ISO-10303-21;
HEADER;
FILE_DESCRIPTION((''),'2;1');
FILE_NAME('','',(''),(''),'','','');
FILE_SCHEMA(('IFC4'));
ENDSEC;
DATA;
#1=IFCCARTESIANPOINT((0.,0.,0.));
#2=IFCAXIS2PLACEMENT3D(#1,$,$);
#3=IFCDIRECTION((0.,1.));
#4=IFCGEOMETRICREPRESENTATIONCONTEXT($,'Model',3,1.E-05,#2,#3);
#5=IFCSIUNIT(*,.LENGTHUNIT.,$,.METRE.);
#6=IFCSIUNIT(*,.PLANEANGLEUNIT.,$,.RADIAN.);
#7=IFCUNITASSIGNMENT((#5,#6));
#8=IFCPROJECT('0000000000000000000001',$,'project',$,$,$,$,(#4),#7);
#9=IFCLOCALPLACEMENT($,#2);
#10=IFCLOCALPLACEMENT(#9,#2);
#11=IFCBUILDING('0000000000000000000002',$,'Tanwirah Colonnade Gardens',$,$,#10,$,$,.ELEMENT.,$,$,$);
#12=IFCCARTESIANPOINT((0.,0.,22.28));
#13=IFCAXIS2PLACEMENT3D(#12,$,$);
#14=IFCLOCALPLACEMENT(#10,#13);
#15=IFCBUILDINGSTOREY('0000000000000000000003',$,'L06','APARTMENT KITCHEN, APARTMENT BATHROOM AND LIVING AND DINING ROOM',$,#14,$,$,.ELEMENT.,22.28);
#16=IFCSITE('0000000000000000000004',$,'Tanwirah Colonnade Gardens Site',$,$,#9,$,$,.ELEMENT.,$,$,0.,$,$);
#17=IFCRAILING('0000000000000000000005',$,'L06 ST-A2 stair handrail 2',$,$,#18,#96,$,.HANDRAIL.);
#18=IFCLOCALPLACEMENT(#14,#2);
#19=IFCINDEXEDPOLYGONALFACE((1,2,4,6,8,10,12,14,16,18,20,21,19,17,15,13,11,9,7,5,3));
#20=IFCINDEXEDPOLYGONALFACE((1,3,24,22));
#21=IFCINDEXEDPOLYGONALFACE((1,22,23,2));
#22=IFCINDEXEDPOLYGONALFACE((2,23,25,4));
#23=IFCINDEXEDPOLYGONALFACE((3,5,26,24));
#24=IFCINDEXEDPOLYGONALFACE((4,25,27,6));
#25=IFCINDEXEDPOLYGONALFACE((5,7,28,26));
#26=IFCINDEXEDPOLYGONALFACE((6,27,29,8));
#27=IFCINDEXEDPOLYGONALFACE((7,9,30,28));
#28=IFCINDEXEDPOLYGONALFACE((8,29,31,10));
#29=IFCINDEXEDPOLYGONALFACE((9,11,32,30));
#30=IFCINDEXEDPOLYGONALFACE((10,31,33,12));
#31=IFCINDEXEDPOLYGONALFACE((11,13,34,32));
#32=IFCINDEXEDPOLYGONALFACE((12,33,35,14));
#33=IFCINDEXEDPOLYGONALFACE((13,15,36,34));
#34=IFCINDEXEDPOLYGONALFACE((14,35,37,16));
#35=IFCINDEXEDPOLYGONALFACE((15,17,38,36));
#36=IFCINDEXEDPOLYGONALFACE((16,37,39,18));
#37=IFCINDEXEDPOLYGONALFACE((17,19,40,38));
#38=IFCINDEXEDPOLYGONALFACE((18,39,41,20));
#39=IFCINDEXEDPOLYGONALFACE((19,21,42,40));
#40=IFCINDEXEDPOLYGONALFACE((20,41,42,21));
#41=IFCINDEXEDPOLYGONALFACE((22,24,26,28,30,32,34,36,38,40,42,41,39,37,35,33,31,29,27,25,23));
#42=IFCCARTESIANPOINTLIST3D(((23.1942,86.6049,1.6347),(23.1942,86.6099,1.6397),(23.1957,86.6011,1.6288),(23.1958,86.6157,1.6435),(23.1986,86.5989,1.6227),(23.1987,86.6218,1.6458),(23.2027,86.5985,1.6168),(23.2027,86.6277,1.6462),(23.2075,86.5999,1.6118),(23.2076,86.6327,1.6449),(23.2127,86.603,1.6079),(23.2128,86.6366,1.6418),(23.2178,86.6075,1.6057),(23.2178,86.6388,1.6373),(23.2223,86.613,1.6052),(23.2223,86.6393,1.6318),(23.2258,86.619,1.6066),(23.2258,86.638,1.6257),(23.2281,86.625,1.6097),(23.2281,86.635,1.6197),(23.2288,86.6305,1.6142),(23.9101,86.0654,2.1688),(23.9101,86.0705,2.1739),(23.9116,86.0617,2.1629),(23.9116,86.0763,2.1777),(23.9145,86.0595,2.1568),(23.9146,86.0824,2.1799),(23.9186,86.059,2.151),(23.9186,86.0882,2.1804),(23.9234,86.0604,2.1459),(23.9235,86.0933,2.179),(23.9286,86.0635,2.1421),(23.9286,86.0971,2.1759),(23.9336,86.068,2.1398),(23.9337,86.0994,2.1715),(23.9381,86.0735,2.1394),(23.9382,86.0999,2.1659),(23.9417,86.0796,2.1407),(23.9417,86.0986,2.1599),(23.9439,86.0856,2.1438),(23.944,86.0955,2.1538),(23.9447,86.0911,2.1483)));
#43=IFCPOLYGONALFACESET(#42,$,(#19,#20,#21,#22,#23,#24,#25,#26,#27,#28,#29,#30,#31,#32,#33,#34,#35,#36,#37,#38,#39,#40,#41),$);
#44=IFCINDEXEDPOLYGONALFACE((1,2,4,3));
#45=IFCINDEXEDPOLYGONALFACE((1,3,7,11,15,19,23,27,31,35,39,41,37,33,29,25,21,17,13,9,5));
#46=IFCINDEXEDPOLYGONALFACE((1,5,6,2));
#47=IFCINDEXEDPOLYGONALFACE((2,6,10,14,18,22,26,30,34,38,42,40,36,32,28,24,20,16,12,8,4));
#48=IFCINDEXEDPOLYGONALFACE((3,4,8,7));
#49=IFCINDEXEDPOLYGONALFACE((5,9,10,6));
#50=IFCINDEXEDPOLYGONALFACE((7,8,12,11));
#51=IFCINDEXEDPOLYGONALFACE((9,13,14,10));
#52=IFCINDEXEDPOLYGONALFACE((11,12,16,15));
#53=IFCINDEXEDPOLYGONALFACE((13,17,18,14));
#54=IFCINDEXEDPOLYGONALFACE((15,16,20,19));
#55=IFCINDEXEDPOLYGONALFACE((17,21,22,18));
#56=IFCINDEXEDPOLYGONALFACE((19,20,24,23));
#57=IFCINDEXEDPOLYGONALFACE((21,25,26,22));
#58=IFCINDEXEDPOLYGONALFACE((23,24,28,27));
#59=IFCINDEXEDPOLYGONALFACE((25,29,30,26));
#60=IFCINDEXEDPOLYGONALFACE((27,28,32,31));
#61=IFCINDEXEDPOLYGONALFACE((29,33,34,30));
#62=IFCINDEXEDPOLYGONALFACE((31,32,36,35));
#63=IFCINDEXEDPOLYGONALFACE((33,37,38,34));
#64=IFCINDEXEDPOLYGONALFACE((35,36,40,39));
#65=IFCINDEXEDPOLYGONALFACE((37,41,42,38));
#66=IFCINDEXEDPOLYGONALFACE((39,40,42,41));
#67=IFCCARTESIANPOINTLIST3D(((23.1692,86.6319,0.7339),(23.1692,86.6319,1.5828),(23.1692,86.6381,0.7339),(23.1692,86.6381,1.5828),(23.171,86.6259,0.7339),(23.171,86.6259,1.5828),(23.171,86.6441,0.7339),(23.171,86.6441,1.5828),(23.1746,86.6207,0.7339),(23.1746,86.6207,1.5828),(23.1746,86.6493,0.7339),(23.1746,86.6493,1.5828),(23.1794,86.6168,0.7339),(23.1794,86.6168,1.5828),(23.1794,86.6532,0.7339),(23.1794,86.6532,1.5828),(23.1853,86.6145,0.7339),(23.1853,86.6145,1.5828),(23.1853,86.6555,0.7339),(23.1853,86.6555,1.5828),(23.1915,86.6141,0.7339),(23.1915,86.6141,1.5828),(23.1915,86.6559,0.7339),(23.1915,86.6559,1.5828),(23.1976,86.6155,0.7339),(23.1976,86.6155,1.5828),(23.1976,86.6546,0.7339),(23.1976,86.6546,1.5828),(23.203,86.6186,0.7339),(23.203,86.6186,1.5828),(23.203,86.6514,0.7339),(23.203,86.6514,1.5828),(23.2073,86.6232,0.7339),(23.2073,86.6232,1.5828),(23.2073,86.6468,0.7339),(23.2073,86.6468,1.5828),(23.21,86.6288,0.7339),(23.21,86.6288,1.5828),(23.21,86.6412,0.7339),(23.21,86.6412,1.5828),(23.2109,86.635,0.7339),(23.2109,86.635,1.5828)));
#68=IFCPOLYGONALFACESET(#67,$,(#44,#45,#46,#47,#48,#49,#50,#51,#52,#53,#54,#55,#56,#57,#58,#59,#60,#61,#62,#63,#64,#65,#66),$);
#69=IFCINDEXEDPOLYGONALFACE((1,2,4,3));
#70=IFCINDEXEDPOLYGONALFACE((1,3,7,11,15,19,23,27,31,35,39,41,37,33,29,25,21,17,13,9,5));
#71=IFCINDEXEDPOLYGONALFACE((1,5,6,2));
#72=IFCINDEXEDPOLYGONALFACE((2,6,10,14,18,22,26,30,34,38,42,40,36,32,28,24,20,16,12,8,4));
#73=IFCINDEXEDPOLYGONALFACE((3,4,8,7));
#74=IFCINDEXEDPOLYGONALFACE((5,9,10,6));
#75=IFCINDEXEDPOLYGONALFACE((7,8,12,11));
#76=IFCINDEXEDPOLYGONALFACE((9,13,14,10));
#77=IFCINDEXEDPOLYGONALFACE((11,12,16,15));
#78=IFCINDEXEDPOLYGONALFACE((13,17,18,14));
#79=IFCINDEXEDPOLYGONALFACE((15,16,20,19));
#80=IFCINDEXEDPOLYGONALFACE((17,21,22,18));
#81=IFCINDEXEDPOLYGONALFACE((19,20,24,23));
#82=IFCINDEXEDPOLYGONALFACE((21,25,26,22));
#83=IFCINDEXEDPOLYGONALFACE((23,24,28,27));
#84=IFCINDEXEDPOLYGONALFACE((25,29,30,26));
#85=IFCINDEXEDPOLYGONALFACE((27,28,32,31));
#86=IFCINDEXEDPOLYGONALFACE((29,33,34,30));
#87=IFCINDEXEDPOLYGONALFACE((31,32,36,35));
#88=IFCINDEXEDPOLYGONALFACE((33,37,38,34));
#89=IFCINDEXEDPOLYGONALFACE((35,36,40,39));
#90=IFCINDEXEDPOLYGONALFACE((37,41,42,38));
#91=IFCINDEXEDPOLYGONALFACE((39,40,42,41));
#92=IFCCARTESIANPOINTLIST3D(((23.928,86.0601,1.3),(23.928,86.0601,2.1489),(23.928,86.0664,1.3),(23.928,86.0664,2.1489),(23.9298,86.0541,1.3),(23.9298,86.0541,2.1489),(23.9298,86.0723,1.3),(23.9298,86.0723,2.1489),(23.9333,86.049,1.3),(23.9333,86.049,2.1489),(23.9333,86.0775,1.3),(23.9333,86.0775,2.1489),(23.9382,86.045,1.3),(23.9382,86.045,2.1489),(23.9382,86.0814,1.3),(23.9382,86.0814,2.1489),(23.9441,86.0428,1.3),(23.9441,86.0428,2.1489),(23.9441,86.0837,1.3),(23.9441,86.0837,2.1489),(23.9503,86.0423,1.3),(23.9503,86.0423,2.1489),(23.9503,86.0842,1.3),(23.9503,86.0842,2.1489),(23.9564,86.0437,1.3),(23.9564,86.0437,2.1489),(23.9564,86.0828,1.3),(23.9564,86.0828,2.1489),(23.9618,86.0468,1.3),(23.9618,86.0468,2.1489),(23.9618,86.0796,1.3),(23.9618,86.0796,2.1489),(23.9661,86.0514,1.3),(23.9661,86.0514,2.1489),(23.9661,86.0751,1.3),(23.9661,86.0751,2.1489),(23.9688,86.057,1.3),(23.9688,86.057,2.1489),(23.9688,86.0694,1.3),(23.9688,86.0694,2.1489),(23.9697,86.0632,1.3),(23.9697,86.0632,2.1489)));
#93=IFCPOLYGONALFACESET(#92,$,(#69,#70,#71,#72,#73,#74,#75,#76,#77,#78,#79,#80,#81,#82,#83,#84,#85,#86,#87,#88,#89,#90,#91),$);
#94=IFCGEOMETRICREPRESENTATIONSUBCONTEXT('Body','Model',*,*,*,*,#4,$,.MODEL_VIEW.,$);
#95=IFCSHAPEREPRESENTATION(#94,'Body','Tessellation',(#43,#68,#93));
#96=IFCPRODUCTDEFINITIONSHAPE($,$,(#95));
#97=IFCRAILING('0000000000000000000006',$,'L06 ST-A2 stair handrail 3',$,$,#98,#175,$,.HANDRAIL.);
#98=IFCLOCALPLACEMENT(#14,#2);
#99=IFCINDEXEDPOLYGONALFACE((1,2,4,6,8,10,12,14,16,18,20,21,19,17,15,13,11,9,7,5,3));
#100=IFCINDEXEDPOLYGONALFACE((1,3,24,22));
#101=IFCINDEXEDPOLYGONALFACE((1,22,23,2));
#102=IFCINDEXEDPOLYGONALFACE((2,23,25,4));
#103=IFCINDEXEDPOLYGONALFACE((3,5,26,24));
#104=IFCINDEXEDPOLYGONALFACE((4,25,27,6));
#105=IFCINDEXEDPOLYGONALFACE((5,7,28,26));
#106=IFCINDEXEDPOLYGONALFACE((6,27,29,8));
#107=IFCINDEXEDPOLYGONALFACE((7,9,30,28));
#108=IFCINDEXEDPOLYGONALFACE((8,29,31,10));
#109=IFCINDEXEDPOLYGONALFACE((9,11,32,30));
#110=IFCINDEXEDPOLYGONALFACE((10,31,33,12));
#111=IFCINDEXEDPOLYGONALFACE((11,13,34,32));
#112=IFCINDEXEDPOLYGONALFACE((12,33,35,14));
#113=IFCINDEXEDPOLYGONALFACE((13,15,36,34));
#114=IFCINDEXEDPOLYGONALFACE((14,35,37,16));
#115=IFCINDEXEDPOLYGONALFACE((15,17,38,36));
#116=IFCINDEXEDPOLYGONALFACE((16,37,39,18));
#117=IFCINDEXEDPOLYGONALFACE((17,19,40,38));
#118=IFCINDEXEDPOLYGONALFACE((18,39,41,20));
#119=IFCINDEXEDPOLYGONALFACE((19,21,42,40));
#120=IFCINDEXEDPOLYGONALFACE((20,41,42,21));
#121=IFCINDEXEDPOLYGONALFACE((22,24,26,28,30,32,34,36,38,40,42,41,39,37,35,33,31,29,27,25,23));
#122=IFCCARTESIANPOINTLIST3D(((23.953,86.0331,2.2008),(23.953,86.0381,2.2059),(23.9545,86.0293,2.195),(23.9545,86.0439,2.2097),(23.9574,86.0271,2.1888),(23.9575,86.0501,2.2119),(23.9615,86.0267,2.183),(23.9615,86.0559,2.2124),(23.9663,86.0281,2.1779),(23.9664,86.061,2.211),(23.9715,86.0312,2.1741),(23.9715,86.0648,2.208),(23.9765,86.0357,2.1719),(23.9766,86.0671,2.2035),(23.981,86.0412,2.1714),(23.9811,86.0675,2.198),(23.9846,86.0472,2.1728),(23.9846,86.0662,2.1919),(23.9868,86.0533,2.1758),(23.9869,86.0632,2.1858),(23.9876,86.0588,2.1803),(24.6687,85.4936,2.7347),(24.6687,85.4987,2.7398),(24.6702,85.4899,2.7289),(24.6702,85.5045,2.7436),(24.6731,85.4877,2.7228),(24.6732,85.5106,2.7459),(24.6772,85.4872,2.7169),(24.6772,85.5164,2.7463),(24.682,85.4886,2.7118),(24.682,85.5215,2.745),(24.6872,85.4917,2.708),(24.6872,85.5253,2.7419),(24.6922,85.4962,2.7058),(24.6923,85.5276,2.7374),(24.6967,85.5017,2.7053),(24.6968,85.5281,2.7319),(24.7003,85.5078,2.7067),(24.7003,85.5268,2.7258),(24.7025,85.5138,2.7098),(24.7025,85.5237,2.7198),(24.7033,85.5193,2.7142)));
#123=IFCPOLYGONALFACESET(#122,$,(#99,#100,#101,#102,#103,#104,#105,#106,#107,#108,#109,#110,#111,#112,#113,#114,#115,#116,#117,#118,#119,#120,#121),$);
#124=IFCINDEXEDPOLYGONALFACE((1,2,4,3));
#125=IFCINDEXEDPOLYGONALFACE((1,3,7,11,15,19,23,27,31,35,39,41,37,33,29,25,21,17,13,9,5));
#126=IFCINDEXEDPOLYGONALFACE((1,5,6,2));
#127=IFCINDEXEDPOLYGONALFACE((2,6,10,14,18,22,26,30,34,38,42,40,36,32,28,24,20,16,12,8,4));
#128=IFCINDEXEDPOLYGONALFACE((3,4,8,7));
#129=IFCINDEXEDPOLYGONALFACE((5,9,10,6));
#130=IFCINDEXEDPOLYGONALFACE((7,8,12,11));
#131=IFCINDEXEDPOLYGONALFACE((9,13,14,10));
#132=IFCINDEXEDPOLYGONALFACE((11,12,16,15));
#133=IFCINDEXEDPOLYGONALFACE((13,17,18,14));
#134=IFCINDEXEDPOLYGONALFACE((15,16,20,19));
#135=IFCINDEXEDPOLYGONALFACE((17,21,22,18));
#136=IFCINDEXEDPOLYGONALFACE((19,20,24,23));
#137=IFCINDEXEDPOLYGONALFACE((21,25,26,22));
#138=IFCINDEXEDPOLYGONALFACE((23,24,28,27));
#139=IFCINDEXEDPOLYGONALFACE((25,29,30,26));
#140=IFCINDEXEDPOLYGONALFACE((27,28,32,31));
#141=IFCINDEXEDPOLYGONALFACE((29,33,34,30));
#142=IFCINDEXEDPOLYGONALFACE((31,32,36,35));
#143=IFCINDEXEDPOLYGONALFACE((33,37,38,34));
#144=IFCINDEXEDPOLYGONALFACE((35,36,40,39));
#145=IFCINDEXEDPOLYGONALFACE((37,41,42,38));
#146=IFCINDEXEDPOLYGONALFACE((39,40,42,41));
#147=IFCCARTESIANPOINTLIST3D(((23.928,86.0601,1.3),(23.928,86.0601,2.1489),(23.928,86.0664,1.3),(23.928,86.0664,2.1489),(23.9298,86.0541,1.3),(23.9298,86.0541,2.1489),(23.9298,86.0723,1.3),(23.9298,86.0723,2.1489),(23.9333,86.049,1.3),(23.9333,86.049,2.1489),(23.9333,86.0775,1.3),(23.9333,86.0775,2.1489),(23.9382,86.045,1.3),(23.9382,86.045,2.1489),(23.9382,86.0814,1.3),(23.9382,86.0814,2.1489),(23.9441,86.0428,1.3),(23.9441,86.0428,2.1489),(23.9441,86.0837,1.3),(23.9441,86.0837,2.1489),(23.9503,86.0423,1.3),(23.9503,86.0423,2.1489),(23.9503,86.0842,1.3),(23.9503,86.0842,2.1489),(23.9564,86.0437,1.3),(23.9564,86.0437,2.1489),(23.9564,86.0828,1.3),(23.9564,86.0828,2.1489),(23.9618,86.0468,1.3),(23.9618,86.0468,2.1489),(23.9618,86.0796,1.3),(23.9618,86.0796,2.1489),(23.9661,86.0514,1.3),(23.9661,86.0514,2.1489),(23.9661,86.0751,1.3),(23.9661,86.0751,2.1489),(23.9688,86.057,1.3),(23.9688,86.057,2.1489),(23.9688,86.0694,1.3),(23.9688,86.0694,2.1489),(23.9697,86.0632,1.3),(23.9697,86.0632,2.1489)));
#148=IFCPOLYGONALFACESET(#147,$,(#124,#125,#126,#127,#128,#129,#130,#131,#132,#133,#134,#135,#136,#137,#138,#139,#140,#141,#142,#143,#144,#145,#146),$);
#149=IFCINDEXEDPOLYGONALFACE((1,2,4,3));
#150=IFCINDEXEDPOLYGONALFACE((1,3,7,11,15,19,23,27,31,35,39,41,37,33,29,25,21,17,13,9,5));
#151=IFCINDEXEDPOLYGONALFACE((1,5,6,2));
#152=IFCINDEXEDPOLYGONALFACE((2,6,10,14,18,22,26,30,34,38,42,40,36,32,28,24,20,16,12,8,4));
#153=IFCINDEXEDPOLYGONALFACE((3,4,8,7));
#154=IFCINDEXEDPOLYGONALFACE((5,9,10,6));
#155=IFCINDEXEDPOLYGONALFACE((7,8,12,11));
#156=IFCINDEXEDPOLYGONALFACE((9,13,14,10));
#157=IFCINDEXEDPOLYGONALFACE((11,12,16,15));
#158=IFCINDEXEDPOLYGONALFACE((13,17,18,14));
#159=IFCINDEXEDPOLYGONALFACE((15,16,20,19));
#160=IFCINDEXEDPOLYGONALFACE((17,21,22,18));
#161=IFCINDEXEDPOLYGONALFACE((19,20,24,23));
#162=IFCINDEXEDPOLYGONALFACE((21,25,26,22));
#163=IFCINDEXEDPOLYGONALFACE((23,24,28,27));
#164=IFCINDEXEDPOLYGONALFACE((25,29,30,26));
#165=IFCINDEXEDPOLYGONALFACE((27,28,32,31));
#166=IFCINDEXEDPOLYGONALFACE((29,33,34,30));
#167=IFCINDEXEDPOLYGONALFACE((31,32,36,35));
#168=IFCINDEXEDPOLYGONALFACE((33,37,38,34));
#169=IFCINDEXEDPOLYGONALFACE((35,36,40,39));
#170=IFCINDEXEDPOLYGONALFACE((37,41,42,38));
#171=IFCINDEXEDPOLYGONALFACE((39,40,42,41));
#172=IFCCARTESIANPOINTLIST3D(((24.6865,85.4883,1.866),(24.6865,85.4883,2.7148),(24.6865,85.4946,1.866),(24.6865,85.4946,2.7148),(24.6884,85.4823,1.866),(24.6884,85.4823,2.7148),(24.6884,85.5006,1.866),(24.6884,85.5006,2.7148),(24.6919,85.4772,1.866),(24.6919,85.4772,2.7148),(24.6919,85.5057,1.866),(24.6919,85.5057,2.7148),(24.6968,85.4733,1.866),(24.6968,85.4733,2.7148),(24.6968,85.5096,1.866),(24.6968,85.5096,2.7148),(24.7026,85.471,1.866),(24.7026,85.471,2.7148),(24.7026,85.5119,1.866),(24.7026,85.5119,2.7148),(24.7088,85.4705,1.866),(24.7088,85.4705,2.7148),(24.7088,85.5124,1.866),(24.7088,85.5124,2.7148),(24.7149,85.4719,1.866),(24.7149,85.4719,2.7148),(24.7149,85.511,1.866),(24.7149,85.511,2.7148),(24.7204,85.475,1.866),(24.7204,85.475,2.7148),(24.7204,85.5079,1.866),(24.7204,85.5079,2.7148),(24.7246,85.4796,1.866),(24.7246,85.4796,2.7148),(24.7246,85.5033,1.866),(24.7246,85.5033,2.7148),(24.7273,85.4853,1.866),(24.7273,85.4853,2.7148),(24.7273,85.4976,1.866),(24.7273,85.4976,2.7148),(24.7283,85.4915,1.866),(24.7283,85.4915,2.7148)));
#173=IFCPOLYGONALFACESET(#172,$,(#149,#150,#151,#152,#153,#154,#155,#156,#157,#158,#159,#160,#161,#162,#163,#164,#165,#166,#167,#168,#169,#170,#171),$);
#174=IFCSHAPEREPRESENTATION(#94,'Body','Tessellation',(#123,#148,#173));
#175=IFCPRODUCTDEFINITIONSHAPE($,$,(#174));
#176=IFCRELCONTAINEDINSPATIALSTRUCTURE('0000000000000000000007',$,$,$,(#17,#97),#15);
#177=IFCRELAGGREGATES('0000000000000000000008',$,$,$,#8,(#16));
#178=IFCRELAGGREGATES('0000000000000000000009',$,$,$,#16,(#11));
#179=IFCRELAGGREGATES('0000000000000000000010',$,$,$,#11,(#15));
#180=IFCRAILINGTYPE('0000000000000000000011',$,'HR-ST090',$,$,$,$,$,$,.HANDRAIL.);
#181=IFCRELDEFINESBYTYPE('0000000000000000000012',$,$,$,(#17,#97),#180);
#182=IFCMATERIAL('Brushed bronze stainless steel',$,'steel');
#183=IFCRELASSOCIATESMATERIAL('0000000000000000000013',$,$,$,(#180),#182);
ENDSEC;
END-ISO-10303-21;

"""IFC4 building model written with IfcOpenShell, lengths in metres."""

from ifc_helpers import new_model, si_unit, direction, frame, origin, origin_2d, place, context, subcontext, project, spatial, circle, extrude, material, type_object, element, save


model = new_model("IFC4")

# Units and contexts
model_context = context("Model", 3, precision=1e-05, world=origin(), true_north=direction((0.0, 1.0)))
body_context = subcontext(model_context, "Body", "Model", "MODEL_VIEW")
ifc_project = project(units=[si_unit("LENGTHUNIT", "METRE"), si_unit("PLANEANGLEUNIT", "RADIAN")], contexts=[model_context])

# Site, building, storey
site_placement = place(None, origin())
site = spatial("IfcSite", under=ifc_project, at=site_placement, Name="Tanwirah Colonnade Gardens Site", CompositionType="ELEMENT", RefElevation=0.0)
building_placement = place(site_placement, origin())
building = spatial("IfcBuilding", under=site, at=building_placement, Name="Tanwirah Colonnade Gardens", CompositionType="ELEMENT")
storey_placement = place(building_placement, frame((0.0, 0.0, 22.28)))
storey = spatial("IfcBuildingStorey", under=building, at=storey_placement, Name="L06", Description="APARTMENT KITCHEN, APARTMENT BATHROOM AND LIVING AND DINING ROOM", CompositionType="ELEMENT", Elevation=22.28)

# Railings
ifc_material_1 = material(Name="Brushed bronze stainless steel", Category="steel")
railing_type_1 = type_object("IfcRailingType", Name="HR-ST090", PredefinedType="HANDRAIL", material=ifc_material_1)
railing_1_placement = place(storey_placement, frame((23.1899, 86.635, 0.7339)))
element("IfcRailing", 1, at=railing_1_placement, inside=storey, type_object=railing_type_1, Name="L06 ST-A2 stair handrail 2", PredefinedType="HANDRAIL", context=body_context, shape_type="SweptSolid", body=[
    extrude(circle(Radius=0.0239, at=origin_2d()), frame((0.0215, -0.0161, 0.8918), z_axis=(0.686068, -0.516979, 0.511902), x_axis=(0.601807, 0.798641, 0.0)), (0.0, 0.0, 1.0), 1.0435),
    extrude(circle(Radius=0.021, at=origin_2d()), origin(), (0.0, 0.0, 1.0), 0.8489),
    extrude(circle(Radius=0.021, at=origin_2d()), frame((0.7588, -0.5718, 0.5662)), (0.0, 0.0, 1.0), 0.8489),
])
railing_2_placement = place(storey_placement, frame((23.9487, 86.0632, 1.3)))
element("IfcRailing", 2, at=railing_2_placement, inside=storey, type_object=railing_type_1, Name="L06 ST-A2 stair handrail 3", PredefinedType="HANDRAIL", context=body_context, shape_type="SweptSolid", body=[
    extrude(circle(Radius=0.0239, at=origin_2d()), frame((0.0215, -0.0161, 0.8918), z_axis=(0.686028, -0.517116, 0.511817), x_axis=(0.601931, 0.798548, 0.0)), (0.0, 0.0, 1.0), 1.0432),
    extrude(circle(Radius=0.021, at=origin_2d()), origin(), (0.0, 0.0, 1.0), 0.8489),
    extrude(circle(Radius=0.021, at=origin_2d()), frame((0.7585, -0.5718, 0.5659)), (0.0, 0.0, 1.0), 0.8489),
])

save(model, "model.ifc")
